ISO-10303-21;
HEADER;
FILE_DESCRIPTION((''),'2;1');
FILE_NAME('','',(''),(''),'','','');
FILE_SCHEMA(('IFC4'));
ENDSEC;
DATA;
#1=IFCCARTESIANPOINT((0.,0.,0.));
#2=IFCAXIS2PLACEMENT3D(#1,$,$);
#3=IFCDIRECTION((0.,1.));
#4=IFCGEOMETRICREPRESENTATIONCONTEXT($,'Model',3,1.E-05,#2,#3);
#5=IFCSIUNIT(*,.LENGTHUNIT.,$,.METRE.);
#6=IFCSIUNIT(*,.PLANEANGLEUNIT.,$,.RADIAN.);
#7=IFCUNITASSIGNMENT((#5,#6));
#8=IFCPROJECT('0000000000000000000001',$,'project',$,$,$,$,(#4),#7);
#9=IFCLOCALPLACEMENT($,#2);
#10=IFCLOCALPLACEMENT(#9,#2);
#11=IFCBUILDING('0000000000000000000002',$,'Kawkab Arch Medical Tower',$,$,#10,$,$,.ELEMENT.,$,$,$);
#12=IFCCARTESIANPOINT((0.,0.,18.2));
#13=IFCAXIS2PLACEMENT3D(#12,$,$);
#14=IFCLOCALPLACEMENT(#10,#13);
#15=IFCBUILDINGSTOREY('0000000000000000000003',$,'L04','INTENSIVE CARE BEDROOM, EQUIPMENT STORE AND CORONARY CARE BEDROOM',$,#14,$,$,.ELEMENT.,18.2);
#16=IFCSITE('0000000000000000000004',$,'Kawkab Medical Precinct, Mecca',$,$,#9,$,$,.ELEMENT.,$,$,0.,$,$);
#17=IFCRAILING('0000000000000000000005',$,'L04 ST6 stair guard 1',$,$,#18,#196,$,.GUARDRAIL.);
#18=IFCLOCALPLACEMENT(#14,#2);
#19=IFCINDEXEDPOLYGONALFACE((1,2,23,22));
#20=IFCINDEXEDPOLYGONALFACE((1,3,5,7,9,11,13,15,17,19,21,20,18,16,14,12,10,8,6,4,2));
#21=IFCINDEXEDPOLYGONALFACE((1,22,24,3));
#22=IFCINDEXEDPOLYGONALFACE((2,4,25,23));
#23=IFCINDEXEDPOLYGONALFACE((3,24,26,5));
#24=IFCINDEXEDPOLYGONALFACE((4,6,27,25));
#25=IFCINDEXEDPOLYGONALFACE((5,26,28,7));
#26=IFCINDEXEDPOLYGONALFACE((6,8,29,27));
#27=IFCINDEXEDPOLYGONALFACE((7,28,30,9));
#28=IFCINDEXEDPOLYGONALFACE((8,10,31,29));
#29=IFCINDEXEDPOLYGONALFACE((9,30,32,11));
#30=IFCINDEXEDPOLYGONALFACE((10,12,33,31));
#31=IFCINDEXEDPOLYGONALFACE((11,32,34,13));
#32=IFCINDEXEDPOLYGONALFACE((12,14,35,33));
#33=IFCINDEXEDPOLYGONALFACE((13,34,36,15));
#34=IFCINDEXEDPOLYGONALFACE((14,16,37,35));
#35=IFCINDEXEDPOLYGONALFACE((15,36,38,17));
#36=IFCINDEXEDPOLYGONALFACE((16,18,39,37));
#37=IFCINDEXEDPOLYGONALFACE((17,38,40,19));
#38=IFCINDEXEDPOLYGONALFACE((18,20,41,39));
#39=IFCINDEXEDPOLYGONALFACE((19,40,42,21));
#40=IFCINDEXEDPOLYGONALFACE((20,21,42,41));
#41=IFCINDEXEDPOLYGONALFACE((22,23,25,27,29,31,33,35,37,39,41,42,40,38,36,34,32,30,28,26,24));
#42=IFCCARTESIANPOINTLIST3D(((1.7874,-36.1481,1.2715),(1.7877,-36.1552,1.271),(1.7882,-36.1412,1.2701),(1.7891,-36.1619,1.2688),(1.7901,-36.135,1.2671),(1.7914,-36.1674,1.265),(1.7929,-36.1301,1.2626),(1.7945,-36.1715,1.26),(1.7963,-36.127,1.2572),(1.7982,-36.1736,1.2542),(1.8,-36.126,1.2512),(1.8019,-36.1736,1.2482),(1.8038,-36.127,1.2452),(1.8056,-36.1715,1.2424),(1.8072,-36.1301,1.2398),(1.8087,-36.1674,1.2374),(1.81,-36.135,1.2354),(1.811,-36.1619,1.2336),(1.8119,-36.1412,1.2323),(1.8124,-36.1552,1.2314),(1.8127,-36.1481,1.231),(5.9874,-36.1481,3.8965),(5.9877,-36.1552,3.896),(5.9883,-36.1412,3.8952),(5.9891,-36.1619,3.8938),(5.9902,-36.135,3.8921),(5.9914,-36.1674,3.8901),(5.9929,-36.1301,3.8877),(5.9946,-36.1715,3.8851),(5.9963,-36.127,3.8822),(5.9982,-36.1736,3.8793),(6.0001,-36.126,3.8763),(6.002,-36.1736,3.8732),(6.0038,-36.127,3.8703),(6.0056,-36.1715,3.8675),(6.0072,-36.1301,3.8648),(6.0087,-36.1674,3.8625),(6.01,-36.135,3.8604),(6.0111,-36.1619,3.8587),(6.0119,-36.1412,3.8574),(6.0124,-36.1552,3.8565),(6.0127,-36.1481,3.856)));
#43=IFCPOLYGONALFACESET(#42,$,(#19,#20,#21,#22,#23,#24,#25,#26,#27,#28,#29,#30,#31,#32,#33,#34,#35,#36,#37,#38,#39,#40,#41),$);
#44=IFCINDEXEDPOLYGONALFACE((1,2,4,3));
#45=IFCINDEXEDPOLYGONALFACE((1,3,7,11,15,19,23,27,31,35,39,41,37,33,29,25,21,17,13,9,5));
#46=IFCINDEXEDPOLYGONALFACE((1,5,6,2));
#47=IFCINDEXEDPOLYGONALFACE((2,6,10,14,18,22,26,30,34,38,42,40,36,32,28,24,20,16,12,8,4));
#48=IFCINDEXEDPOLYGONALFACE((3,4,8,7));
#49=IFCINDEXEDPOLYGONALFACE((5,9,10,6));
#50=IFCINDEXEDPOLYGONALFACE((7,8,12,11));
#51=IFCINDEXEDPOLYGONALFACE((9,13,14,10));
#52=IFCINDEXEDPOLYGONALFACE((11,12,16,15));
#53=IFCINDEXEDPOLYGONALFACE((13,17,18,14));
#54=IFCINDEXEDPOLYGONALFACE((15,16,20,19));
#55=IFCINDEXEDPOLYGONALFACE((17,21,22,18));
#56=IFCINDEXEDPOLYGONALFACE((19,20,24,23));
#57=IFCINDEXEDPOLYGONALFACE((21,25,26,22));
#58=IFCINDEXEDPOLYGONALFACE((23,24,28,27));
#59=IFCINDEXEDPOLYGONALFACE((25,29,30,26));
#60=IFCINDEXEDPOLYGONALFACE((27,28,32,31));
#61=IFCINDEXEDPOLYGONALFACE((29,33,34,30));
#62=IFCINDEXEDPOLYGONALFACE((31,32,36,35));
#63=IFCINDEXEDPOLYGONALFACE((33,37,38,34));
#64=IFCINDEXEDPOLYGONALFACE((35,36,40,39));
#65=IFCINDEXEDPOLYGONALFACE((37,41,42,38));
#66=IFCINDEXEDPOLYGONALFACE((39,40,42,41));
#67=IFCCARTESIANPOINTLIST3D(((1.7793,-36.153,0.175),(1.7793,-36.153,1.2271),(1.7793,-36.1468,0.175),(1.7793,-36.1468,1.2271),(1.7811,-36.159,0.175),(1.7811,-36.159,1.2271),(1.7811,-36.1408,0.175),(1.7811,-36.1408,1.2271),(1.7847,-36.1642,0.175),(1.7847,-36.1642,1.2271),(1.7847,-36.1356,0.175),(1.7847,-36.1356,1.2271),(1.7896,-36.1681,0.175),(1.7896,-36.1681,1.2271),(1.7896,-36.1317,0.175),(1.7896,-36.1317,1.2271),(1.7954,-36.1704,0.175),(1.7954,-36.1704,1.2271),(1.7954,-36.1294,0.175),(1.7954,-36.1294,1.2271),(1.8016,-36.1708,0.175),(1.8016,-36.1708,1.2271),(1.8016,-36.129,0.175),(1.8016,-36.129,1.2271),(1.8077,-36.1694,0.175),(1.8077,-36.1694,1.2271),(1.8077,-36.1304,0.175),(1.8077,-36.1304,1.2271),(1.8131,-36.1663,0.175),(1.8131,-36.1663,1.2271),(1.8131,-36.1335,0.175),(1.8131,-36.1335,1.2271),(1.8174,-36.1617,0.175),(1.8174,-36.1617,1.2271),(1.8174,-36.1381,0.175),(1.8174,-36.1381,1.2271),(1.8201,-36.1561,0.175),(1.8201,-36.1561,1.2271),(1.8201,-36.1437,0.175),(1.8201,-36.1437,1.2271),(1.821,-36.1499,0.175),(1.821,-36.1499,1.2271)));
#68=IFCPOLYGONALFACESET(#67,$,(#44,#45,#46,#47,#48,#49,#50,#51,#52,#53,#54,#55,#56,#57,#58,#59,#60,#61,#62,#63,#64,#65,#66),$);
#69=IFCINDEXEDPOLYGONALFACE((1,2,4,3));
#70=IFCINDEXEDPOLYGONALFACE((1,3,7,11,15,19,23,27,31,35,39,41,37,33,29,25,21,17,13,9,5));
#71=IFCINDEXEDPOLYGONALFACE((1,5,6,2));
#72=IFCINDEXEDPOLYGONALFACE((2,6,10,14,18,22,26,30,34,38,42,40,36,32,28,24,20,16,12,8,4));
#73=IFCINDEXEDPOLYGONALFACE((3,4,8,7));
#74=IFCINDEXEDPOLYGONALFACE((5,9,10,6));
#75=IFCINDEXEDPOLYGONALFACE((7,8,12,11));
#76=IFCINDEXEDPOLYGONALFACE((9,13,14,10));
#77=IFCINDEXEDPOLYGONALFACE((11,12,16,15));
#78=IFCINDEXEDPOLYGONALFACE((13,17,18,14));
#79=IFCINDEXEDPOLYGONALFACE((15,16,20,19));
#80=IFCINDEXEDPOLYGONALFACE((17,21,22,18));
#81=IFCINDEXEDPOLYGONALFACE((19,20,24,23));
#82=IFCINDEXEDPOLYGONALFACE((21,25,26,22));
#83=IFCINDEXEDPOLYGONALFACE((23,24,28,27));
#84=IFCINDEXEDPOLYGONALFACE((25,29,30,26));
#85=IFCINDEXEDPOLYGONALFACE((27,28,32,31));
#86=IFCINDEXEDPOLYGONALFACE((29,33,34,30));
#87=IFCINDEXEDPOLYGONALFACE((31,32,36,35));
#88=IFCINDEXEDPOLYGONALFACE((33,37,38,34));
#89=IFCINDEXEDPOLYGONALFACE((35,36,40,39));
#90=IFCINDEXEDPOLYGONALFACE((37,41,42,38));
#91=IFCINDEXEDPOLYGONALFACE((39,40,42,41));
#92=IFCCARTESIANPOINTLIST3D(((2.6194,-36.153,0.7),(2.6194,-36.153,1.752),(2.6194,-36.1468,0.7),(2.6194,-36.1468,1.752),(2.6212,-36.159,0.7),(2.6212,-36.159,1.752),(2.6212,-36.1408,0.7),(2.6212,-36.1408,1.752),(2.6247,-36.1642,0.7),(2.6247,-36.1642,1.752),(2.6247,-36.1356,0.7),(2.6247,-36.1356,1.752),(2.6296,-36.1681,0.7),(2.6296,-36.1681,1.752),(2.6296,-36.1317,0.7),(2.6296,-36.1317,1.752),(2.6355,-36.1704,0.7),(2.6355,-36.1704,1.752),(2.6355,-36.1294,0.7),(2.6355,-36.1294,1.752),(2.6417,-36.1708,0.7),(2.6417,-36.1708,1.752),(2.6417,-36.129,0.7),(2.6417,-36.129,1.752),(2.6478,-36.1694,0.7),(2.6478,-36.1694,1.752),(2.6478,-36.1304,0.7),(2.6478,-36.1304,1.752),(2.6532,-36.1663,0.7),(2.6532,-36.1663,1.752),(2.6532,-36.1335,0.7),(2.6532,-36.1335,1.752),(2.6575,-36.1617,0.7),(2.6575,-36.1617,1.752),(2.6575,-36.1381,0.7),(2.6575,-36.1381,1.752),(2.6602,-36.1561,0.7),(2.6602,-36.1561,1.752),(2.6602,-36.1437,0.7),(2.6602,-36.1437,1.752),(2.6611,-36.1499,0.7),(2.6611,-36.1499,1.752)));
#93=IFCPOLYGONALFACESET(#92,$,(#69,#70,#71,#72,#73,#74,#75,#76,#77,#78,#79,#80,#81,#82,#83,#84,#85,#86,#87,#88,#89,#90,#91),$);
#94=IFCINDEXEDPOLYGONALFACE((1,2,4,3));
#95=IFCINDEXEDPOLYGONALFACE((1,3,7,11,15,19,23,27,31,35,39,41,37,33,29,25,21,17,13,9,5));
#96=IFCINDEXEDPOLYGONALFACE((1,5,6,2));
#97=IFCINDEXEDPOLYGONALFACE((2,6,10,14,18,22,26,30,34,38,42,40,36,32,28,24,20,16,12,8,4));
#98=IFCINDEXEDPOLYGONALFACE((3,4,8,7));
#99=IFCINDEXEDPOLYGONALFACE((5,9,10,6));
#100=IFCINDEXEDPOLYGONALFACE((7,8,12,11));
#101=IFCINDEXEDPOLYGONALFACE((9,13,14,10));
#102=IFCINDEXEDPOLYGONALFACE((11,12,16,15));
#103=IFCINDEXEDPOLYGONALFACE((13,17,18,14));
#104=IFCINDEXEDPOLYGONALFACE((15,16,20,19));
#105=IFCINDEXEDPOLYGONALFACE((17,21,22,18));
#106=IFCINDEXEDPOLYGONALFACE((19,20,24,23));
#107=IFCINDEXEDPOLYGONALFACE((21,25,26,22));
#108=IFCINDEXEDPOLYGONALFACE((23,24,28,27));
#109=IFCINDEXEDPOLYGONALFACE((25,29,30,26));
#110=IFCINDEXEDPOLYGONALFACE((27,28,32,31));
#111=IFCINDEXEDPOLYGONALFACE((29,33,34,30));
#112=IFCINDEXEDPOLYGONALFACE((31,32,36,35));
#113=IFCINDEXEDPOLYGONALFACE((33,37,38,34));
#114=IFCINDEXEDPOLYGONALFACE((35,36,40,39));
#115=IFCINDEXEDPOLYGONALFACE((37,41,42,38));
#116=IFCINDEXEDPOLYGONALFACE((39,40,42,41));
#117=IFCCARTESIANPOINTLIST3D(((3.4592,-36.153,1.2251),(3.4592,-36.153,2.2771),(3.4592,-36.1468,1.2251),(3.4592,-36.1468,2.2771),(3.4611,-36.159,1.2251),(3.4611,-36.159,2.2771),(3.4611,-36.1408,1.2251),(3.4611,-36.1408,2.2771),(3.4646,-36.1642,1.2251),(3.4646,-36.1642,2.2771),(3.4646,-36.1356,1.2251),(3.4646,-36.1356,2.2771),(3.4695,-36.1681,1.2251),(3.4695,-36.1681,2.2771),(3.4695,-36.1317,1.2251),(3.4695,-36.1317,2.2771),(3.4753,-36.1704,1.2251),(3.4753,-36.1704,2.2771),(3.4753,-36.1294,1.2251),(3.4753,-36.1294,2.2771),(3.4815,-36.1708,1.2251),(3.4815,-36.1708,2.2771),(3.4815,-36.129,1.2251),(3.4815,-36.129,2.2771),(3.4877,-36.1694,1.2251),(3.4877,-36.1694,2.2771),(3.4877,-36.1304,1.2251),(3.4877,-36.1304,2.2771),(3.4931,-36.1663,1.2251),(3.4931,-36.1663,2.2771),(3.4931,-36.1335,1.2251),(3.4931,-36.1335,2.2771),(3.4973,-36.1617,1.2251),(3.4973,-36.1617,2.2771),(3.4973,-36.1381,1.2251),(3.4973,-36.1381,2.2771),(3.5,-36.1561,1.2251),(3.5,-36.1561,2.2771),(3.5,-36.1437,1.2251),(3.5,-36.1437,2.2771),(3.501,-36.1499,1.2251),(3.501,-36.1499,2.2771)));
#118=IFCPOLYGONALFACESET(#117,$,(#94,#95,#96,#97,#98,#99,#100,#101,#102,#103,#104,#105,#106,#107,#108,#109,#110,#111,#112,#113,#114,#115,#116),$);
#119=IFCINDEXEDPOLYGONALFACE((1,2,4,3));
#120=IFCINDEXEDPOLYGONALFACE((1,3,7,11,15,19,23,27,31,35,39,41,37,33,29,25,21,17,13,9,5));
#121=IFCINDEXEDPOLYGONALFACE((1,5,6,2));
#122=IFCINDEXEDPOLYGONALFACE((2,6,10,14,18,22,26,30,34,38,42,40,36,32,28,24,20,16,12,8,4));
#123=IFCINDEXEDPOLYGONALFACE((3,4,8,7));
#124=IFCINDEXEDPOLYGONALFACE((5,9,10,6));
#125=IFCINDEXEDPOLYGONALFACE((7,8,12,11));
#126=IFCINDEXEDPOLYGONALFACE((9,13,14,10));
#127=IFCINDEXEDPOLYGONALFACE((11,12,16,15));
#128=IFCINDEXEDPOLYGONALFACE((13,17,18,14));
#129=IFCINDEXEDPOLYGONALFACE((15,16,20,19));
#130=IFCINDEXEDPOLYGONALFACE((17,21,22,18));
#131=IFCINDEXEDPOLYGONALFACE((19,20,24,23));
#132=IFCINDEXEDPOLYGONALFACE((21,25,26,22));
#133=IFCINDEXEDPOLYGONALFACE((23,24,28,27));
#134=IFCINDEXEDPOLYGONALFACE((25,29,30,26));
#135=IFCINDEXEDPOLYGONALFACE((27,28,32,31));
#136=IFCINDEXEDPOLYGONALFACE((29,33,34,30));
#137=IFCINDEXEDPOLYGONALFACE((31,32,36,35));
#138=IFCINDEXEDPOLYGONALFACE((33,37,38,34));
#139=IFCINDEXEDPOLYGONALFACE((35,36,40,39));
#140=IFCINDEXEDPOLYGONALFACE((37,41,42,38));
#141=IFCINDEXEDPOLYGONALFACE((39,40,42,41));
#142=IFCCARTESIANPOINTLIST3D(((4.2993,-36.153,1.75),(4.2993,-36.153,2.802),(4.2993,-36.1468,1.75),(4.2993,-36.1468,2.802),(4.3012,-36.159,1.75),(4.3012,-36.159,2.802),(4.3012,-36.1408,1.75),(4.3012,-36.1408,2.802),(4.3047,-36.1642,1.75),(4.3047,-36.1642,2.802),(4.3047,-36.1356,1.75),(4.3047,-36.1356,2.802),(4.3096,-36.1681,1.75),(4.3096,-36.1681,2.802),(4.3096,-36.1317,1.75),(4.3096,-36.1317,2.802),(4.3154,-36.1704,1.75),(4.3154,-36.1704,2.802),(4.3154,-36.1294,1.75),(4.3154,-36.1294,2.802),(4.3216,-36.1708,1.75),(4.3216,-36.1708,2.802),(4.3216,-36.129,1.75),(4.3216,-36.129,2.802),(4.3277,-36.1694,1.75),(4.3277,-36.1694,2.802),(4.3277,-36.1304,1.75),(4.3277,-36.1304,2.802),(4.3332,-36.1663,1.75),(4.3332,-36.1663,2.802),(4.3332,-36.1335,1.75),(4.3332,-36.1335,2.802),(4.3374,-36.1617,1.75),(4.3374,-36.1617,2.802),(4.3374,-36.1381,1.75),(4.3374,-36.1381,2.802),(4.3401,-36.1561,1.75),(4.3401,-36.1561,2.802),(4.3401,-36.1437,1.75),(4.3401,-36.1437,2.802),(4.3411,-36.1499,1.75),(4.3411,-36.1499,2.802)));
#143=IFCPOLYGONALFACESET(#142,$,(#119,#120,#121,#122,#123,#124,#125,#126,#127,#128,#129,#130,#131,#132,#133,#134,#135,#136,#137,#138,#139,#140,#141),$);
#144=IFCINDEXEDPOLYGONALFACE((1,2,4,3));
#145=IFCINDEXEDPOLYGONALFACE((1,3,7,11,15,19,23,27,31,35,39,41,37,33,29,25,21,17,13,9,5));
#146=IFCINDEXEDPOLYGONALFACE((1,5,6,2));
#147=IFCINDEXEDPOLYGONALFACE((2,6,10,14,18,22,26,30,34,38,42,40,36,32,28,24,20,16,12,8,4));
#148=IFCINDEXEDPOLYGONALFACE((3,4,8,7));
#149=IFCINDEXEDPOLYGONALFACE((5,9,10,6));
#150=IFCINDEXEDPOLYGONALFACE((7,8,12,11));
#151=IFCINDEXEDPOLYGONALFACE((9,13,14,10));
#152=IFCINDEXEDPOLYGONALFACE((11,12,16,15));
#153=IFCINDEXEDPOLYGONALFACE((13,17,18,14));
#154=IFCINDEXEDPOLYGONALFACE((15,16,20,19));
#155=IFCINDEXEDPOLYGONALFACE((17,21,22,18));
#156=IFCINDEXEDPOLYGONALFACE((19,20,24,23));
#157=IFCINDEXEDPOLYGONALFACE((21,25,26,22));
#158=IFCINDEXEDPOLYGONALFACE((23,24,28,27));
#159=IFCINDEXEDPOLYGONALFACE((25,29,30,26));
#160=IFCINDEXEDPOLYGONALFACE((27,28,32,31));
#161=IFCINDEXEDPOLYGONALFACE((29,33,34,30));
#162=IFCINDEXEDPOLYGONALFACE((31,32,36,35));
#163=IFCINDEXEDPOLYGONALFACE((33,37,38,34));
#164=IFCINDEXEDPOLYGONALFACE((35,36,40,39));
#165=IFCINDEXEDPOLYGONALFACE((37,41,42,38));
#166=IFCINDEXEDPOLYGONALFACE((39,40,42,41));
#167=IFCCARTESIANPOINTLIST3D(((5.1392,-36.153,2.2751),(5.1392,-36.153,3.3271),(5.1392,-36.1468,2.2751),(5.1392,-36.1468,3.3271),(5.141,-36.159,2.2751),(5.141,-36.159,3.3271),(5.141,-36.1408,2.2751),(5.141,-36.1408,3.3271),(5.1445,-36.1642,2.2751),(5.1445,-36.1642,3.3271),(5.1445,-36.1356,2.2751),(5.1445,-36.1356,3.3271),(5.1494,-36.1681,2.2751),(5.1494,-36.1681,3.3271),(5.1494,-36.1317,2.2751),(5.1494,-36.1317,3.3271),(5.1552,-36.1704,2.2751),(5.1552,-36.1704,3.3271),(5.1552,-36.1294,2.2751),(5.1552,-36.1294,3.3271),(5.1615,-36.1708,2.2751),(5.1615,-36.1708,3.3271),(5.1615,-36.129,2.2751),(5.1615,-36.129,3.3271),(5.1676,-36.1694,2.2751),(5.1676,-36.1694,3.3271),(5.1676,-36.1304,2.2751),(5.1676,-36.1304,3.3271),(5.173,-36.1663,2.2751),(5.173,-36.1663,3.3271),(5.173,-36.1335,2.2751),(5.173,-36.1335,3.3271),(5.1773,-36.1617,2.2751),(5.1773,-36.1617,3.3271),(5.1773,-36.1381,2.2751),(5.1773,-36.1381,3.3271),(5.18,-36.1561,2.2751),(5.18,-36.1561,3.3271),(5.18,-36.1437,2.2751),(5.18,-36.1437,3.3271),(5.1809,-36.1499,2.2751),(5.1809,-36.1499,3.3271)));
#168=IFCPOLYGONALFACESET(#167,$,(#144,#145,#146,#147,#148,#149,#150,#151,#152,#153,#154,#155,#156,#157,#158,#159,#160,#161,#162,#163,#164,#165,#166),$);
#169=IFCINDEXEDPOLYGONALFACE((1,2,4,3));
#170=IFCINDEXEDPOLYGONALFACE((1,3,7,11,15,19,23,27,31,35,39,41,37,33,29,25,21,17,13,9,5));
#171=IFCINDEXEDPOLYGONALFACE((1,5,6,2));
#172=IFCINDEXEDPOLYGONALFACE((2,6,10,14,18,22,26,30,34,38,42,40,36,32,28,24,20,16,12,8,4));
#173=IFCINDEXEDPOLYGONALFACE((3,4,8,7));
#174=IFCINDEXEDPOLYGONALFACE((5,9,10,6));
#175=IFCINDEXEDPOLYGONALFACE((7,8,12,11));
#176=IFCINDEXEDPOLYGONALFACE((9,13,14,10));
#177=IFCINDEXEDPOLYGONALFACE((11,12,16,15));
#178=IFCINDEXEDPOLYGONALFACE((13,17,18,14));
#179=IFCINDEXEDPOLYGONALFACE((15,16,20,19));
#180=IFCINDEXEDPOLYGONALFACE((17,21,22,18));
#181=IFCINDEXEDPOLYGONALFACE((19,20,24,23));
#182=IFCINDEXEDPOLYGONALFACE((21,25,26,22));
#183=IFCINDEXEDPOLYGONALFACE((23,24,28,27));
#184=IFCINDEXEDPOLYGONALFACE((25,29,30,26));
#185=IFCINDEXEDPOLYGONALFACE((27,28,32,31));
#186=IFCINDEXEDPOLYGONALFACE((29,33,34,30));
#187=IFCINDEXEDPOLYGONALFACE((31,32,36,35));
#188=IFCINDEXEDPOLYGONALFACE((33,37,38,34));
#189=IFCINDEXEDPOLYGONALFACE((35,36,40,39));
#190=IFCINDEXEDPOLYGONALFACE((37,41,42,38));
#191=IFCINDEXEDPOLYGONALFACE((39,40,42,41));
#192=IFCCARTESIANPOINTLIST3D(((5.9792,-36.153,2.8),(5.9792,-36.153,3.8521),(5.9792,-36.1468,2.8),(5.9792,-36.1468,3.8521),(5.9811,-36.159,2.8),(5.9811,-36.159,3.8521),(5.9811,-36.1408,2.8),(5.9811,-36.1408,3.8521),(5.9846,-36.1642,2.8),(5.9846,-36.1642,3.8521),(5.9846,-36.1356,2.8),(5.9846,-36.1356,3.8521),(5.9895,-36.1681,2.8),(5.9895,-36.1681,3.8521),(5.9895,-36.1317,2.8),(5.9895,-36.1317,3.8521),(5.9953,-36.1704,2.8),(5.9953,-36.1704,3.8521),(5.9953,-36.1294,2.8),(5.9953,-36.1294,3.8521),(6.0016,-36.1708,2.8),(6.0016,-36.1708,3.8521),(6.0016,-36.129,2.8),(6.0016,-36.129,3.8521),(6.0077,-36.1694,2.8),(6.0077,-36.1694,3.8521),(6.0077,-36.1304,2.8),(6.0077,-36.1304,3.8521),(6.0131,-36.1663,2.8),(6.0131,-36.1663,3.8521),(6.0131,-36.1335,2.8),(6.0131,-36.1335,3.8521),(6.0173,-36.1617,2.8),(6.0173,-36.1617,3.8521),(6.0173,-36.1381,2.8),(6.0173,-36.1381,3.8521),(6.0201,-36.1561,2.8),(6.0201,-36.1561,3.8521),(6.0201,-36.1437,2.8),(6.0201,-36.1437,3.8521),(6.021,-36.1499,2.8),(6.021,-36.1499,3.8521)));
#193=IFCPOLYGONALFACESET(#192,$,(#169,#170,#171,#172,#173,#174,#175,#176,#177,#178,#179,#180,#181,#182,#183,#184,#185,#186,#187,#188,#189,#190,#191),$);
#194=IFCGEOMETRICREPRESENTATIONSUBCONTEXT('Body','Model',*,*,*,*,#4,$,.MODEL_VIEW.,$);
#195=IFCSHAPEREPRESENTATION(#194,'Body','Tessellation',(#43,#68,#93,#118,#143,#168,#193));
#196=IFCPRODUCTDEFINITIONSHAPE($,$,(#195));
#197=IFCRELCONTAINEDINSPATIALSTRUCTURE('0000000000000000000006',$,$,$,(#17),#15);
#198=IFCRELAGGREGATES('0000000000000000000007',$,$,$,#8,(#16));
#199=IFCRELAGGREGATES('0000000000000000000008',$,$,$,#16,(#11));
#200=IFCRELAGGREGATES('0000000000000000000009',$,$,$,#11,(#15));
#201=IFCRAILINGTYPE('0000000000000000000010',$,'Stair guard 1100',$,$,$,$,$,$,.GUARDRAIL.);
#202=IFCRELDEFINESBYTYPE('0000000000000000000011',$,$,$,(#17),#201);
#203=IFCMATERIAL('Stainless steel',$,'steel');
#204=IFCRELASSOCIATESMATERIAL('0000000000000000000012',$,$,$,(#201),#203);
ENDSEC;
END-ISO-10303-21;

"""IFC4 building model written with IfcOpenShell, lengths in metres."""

from ifc_helpers import new_model, si_unit, direction, frame, origin, origin_2d, place, context, subcontext, project, spatial, circle, extrude, material, type_object, element, save


model = new_model("IFC4")

# Units and contexts
model_context = context("Model", 3, precision=1e-05, world=origin(), true_north=direction((0.0, 1.0)))
body_context = subcontext(model_context, "Body", "Model", "MODEL_VIEW")
ifc_project = project(units=[si_unit("LENGTHUNIT", "METRE"), si_unit("PLANEANGLEUNIT", "RADIAN")], contexts=[model_context])

# Site, building, storey
site_placement = place(None, origin())
site = spatial("IfcSite", under=ifc_project, at=site_placement, Name="Kawkab Medical Precinct, Mecca", CompositionType="ELEMENT", RefElevation=0.0)
building_placement = place(site_placement, origin())
building = spatial("IfcBuilding", under=site, at=building_placement, Name="Kawkab Arch Medical Tower", CompositionType="ELEMENT")
storey_placement = place(building_placement, frame((0.0, 0.0, 18.2)))
storey = spatial("IfcBuildingStorey", under=building, at=storey_placement, Name="L04", Description="INTENSIVE CARE BEDROOM, EQUIPMENT STORE AND CORONARY CARE BEDROOM", CompositionType="ELEMENT", Elevation=18.2)

# Railing
ifc_material_1 = material(Name="Stainless steel", Category="steel")
railing_type = type_object("IfcRailingType", Name="Stair guard 1100", PredefinedType="GUARDRAIL", material=ifc_material_1)
railing_1_placement = place(storey_placement, frame((1.8, -36.1499, 0.175)))
element("IfcRailing", 1, at=railing_1_placement, inside=storey, type_object=railing_type, Name="L04 ST6 stair guard 1", PredefinedType="GUARDRAIL", context=body_context, shape_type="SweptSolid", body=[
    extrude(circle(Radius=0.0239, at=origin_2d()), frame((0.0, 0.0, 1.0762), z_axis=(0.847996, 0.0, 0.530003), x_axis=(0.0, 1.0, 0.0)), (0.0, 0.0, 1.0), 4.9529),
    extrude(circle(Radius=0.021, at=origin_2d()), origin(), (0.0, 0.0, 1.0), 1.052),
    extrude(circle(Radius=0.021, at=origin_2d()), frame((0.8401, 0.0, 0.5249)), (0.0, 0.0, 1.0), 1.052),
    extrude(circle(Radius=0.021, at=origin_2d()), frame((1.6799, 0.0, 1.05)), (0.0, 0.0, 1.0), 1.052),
    extrude(circle(Radius=0.021, at=origin_2d()), frame((2.52, 0.0, 1.575)), (0.0, 0.0, 1.0), 1.052),
    extrude(circle(Radius=0.021, at=origin_2d()), frame((3.3599, 0.0, 2.1001)), (0.0, 0.0, 1.0), 1.052),
    extrude(circle(Radius=0.021, at=origin_2d()), frame((4.2, 0.0, 2.625)), (0.0, 0.0, 1.0), 1.052),
])

save(model, "model.ifc")
